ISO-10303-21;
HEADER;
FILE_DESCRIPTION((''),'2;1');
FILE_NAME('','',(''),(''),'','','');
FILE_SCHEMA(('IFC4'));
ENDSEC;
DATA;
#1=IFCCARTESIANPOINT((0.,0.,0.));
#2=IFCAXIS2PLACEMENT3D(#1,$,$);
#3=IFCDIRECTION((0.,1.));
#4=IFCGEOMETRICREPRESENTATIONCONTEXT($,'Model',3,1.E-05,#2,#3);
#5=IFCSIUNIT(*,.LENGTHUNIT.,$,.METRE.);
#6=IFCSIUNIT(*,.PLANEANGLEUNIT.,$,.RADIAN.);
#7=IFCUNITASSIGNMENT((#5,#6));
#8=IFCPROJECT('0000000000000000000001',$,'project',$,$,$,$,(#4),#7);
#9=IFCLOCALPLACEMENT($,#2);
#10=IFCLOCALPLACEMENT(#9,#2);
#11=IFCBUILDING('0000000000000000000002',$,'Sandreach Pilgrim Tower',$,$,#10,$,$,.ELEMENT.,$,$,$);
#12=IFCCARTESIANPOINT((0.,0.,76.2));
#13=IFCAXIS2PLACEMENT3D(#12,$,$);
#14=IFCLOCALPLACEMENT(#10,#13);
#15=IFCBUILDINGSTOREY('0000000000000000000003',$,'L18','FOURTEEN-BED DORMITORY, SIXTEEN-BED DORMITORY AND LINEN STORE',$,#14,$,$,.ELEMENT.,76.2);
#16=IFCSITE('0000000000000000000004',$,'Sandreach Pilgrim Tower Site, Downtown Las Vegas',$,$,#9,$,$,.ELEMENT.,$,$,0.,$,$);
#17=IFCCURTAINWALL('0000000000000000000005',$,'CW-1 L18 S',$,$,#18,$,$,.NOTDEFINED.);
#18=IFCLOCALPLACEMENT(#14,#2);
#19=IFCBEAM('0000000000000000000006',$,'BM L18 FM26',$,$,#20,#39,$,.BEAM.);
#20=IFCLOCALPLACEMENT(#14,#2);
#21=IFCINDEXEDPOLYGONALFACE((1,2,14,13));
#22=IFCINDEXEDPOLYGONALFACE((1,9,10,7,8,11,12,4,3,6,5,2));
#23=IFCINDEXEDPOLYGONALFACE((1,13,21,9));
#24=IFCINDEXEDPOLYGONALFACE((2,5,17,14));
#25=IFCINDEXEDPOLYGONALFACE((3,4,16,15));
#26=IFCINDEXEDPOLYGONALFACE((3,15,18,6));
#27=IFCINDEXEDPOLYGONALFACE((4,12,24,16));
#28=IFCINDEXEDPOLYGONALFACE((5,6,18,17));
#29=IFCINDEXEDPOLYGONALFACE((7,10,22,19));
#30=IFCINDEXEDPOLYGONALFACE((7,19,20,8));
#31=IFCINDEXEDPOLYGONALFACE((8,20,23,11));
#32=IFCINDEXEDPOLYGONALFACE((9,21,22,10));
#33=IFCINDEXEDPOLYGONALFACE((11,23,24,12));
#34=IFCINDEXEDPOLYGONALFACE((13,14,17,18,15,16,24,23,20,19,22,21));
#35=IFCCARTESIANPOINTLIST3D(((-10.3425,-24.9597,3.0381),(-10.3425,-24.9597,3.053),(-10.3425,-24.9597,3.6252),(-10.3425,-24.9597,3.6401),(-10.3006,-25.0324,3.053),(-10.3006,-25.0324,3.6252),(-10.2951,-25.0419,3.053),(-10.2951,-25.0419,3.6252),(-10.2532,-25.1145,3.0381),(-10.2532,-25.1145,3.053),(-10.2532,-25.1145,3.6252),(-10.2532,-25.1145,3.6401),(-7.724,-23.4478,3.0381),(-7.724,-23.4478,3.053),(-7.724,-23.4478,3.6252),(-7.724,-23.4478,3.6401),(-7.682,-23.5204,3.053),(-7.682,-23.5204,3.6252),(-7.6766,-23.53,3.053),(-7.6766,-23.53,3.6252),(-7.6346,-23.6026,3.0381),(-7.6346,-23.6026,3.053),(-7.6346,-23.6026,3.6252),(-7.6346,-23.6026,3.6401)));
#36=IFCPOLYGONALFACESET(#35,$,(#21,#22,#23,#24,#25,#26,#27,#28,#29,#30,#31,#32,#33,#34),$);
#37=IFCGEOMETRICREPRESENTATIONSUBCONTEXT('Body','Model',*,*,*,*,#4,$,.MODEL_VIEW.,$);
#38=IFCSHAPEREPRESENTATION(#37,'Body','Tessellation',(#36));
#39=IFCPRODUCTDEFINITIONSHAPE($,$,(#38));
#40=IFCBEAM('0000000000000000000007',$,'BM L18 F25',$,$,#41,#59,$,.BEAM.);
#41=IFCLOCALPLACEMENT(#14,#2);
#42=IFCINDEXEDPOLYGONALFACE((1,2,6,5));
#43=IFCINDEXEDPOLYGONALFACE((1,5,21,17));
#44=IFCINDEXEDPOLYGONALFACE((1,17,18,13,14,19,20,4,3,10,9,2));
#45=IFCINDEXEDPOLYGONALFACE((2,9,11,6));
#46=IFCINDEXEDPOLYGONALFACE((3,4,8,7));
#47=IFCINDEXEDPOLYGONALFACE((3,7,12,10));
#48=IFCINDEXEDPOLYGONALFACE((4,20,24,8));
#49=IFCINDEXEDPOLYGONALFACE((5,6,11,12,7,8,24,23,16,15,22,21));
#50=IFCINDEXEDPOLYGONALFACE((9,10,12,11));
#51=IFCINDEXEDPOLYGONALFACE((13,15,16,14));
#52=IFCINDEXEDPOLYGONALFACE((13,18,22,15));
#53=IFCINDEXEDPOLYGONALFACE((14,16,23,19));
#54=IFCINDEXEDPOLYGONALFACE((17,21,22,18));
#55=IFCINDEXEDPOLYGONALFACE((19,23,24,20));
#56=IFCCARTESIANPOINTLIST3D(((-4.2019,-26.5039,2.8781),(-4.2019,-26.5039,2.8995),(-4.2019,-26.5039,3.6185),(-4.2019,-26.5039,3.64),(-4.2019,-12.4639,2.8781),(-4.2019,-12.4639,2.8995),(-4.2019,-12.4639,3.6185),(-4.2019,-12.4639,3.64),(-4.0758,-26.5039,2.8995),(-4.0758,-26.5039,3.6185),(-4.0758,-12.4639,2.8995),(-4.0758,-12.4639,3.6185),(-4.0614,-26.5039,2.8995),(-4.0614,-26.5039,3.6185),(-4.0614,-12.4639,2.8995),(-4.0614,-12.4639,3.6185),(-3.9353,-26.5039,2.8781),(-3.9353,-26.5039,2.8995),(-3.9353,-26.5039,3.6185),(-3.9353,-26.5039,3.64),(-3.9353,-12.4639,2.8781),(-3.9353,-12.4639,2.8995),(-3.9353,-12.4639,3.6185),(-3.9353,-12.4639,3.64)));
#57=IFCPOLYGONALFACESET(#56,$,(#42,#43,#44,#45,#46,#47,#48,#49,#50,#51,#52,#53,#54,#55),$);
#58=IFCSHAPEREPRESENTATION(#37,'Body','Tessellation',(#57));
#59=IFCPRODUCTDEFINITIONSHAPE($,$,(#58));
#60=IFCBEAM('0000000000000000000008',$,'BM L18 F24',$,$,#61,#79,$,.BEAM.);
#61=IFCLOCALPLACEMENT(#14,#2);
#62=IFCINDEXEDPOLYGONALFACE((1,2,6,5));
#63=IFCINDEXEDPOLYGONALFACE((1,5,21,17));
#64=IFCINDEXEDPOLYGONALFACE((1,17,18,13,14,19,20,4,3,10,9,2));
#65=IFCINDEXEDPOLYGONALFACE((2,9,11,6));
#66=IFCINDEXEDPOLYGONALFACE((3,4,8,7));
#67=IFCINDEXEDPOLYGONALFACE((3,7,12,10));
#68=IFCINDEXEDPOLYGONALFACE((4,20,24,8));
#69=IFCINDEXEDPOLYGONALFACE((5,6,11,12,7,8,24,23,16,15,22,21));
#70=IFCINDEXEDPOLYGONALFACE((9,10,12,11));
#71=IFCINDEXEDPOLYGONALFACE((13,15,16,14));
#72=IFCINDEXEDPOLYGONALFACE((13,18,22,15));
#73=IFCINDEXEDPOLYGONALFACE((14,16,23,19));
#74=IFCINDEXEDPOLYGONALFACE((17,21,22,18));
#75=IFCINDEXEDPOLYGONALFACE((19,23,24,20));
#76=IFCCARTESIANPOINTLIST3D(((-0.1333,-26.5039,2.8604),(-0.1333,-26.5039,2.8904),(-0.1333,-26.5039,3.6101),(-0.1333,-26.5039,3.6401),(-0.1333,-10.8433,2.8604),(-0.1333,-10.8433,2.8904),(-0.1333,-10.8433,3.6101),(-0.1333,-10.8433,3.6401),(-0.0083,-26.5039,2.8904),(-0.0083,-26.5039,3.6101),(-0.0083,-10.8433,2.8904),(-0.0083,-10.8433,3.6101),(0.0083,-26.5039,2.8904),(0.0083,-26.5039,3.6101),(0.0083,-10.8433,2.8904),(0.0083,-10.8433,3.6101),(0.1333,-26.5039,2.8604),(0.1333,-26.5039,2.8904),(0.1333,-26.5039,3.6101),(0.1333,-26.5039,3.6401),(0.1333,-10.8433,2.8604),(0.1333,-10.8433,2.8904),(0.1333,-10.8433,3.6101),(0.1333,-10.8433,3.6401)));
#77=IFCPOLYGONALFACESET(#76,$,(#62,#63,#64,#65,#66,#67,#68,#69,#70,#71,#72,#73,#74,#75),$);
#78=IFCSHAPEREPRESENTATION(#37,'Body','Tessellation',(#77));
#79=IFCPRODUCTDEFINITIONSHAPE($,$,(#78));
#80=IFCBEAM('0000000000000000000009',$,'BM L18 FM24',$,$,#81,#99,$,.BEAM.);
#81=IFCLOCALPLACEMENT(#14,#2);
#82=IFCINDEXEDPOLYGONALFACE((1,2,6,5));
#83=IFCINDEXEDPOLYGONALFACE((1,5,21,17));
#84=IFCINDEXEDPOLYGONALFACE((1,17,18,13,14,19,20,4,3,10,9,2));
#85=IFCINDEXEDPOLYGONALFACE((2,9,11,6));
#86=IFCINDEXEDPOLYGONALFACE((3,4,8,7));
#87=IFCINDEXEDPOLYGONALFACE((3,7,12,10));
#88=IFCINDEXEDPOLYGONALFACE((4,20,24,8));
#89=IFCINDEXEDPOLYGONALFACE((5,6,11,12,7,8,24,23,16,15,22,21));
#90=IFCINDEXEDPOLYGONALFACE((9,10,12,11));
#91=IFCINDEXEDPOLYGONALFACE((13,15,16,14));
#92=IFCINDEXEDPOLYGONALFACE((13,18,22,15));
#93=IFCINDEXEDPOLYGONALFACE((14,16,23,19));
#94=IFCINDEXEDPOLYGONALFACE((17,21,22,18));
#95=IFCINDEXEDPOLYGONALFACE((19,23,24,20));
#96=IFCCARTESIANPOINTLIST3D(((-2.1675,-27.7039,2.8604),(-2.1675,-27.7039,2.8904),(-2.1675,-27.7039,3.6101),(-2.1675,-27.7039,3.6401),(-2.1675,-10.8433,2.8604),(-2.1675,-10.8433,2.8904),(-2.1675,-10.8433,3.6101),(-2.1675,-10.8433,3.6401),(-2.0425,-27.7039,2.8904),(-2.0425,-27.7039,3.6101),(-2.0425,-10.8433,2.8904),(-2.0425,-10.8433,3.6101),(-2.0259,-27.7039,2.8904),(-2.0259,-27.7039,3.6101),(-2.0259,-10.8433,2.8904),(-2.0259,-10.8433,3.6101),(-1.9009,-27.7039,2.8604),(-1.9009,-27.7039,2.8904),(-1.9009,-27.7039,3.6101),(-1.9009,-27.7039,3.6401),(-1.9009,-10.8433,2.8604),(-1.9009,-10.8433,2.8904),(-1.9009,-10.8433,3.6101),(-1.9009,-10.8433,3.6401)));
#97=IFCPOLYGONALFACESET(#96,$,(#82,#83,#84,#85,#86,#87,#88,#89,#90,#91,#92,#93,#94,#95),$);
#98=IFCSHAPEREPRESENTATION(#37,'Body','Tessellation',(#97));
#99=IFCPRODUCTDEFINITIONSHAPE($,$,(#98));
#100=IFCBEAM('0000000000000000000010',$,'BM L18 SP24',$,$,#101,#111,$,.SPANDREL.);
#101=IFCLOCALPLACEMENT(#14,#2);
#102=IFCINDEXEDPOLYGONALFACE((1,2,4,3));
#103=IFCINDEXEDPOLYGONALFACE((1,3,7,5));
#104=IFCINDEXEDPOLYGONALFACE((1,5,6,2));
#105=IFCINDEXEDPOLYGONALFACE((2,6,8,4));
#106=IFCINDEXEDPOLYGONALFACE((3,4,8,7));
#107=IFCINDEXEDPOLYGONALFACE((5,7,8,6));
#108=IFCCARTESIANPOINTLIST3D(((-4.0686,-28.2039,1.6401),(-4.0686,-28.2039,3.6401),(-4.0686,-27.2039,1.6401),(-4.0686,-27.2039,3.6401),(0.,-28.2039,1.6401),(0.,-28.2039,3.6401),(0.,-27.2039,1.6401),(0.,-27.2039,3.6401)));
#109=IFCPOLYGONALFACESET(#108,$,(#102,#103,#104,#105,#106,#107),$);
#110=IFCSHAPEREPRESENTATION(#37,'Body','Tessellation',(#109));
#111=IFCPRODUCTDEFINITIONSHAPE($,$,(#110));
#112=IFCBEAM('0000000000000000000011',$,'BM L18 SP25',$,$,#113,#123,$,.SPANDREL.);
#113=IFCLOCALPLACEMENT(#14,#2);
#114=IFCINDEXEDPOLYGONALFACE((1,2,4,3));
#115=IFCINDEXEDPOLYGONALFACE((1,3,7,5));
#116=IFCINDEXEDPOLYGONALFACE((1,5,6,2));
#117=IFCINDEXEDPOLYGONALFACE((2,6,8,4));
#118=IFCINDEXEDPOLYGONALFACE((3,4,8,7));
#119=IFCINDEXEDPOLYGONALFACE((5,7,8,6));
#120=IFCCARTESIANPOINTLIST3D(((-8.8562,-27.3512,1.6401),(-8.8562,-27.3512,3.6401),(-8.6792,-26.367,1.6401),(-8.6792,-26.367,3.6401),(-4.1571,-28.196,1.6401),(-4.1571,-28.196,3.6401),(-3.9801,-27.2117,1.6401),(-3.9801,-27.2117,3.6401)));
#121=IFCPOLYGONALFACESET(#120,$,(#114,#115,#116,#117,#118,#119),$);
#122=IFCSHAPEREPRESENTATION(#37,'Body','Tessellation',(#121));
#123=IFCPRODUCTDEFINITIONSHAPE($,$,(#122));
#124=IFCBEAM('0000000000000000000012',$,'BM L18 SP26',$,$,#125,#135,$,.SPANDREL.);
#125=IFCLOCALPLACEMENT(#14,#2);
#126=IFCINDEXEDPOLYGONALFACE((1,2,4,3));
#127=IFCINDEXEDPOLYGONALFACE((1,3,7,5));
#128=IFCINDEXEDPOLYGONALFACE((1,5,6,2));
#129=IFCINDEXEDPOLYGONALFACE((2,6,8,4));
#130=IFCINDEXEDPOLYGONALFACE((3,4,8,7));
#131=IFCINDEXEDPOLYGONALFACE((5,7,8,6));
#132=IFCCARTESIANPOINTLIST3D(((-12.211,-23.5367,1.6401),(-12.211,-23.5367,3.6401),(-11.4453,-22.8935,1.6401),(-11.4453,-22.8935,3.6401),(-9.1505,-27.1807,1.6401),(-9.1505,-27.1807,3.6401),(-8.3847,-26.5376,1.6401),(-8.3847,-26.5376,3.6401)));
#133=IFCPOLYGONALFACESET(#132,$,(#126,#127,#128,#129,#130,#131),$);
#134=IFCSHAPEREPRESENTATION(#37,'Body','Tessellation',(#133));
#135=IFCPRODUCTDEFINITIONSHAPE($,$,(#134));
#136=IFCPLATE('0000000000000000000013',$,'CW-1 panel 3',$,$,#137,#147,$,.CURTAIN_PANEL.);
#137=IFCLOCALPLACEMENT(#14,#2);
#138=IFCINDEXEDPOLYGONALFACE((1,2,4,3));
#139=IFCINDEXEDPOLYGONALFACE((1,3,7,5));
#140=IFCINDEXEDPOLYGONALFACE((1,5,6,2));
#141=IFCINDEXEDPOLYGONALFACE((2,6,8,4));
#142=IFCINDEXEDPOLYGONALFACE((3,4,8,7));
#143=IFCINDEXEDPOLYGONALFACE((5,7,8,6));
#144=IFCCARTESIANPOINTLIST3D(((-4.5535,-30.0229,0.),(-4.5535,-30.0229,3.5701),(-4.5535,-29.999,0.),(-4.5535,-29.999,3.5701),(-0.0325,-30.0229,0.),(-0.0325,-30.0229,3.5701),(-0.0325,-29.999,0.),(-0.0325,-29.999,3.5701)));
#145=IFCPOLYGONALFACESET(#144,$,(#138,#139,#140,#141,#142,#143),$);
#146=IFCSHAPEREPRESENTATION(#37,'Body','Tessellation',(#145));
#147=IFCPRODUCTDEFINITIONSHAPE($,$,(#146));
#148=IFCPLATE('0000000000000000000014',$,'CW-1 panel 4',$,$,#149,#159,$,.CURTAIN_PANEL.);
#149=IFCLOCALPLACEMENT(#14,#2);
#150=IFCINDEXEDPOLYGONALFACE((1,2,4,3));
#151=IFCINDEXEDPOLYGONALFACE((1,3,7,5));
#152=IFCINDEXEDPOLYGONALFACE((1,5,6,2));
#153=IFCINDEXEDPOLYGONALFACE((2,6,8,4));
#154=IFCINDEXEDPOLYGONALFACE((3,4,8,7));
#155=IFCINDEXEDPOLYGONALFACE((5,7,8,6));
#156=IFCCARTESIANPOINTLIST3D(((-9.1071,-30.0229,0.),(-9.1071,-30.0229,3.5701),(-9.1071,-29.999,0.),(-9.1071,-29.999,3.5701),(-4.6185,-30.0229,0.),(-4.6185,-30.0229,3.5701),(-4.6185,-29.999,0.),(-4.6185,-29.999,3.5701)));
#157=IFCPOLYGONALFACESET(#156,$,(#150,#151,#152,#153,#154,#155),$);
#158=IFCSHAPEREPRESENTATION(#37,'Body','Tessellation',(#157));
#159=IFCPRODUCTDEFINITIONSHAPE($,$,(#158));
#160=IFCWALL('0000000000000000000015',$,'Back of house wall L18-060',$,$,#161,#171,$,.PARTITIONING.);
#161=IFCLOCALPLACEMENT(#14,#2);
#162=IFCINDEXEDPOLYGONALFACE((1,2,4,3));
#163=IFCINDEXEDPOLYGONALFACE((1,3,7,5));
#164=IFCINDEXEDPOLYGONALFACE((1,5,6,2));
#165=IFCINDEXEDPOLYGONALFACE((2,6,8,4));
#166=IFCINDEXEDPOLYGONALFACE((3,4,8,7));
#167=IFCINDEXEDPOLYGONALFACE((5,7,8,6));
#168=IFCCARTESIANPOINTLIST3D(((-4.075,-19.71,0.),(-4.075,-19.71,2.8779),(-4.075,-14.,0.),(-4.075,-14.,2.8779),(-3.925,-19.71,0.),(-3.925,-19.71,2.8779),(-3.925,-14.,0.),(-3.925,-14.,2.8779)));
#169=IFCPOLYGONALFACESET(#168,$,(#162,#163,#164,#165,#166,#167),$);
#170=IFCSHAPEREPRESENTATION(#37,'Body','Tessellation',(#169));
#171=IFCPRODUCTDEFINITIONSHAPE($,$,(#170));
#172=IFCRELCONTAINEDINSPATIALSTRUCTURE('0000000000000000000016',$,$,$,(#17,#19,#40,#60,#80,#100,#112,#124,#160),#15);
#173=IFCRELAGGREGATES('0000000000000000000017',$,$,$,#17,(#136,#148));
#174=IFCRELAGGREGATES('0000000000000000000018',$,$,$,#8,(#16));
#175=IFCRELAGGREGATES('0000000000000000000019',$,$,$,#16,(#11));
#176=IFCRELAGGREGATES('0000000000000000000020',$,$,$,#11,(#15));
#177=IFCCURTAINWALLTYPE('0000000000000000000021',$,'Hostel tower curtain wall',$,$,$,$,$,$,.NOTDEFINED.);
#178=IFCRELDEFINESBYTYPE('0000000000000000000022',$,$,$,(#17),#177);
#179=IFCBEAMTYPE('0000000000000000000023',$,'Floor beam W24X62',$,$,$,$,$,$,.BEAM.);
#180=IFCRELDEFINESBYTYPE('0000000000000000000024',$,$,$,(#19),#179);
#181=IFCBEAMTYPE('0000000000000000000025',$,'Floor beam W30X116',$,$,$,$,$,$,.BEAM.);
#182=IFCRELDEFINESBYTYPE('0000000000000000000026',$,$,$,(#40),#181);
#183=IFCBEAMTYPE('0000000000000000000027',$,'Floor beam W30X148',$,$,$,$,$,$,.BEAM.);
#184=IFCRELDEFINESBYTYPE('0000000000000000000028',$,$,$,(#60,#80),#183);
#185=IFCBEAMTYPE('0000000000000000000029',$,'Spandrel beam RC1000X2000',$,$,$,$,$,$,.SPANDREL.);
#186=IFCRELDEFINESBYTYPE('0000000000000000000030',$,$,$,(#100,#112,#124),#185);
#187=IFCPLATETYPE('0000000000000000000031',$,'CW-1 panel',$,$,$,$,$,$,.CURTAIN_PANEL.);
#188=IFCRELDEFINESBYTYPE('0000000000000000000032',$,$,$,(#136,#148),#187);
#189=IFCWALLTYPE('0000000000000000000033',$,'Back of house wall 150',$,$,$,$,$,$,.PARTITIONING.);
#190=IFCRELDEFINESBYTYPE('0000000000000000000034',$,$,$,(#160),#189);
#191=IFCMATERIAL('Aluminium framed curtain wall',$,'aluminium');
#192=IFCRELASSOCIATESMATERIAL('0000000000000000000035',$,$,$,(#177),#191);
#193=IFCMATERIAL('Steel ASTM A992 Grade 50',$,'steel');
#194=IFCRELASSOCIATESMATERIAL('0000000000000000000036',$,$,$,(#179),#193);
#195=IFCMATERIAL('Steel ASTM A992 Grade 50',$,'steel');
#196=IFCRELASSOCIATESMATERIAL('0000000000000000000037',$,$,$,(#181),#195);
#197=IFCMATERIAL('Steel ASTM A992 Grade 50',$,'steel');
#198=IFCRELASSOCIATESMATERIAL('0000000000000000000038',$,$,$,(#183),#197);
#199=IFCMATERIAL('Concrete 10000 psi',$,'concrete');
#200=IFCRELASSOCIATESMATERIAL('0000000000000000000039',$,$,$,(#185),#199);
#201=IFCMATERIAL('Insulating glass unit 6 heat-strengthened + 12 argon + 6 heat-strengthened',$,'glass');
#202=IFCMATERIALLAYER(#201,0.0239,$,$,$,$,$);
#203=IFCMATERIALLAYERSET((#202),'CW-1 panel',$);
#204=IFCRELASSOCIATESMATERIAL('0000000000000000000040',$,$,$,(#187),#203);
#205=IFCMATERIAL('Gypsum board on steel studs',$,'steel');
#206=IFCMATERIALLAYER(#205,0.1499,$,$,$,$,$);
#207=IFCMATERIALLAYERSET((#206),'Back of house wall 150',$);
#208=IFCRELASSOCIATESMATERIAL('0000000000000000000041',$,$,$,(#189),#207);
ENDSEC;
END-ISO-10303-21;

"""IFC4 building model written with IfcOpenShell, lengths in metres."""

from ifc_helpers import new_model, si_unit, direction, frame, frame_2d, origin, origin_2d, place, context, subcontext, project, spatial, rectangle, i_section, extrude, material, layer, layer_set, material_profile, profile_set, type_object, element, aggregate, save


model = new_model("IFC4")

# Units and contexts
model_context = context("Model", 3, precision=1e-05, world=origin(), true_north=direction((0.0, 1.0)))
body_context = subcontext(model_context, "Body", "Model", "MODEL_VIEW")
ifc_project = project(units=[si_unit("LENGTHUNIT", "METRE"), si_unit("PLANEANGLEUNIT", "RADIAN")], contexts=[model_context])

# Site, building, storey
site_placement = place(None, origin())
site = spatial("IfcSite", under=ifc_project, at=site_placement, Name="Sandreach Pilgrim Tower Site, Downtown Las Vegas", CompositionType="ELEMENT", RefElevation=0.0)
building_placement = place(site_placement, origin())
building = spatial("IfcBuilding", under=site, at=building_placement, Name="Sandreach Pilgrim Tower", CompositionType="ELEMENT")
storey_placement = place(building_placement, frame((0.0, 0.0, 76.2)))
storey = spatial("IfcBuildingStorey", under=building, at=storey_placement, Name="L18", Description="FOURTEEN-BED DORMITORY, SIXTEEN-BED DORMITORY AND LINEN STORE", CompositionType="ELEMENT", Elevation=76.2)

# Curtain wall
ifc_material_1 = material(Name="Aluminium framed curtain wall", Category="aluminium")
curtain_wall_type = type_object("IfcCurtainWallType", Name="Hostel tower curtain wall", PredefinedType="NOTDEFINED", material=ifc_material_1)
curtain_wall_1_placement = place(storey_placement, origin())
curtain_wall_1 = element("IfcCurtainWall", 1, at=curtain_wall_1_placement, inside=storey, type_object=curtain_wall_type, Name="CW-1 L18 S", PredefinedType="NOTDEFINED")

# Beams
ifc_material_2 = material(Name="Steel ASTM A992 Grade 50", Category="steel")
ifc_material_profile_1 = material_profile(ifc_material_2, i_section(OverallWidth=0.1787, OverallDepth=0.6021, WebThickness=0.011, FlangeThickness=0.0149, at=origin_2d()), Name="W24X62")
ifc_profile_set_1 = profile_set([ifc_material_profile_1], Name="Steel ASTM A992 Grade 50")
beam_type_1 = type_object("IfcBeamType", Name="Floor beam W24X62", PredefinedType="BEAM", material=ifc_profile_set_1)
beam_1_placement = place(storey_placement, frame((-10.2979, -25.0371, 3.3391), z_axis=(0.866013, 0.500021, 0.0), x_axis=(-0.500021, 0.866013, 0.0)))
element("IfcBeam", 2, at=beam_1_placement, inside=storey, type_object=beam_type_1, Name="BM L18 FM26", PredefinedType="BEAM", context=body_context, shape_type="SweptSolid", body=[
    extrude(i_section(OverallWidth=0.1787, OverallDepth=0.6021, WebThickness=0.011, FlangeThickness=0.0149, at=origin_2d()), origin(), (0.0, 0.0, 1.0), 3.0237),
])
ifc_material_3 = material(Name="Steel ASTM A992 Grade 50", Category="steel")
ifc_material_profile_2 = material_profile(ifc_material_3, i_section(OverallWidth=0.2666, OverallDepth=0.762, WebThickness=0.0144, FlangeThickness=0.0215, at=origin_2d()), Name="W30X116")
ifc_profile_set_2 = profile_set([ifc_material_profile_2], Name="Steel ASTM A992 Grade 50")
beam_type_2 = type_object("IfcBeamType", Name="Floor beam W30X116", PredefinedType="BEAM", material=ifc_profile_set_2)
beam_2_placement = place(storey_placement, frame((-4.0686, -26.5039, 3.259), z_axis=(0.0, 1.0, 0.0), x_axis=(-1.0, 0.0, 0.0)))
element("IfcBeam", 3, at=beam_2_placement, inside=storey, type_object=beam_type_2, Name="BM L18 F25", PredefinedType="BEAM", context=body_context, shape_type="SweptSolid", body=[
    extrude(i_section(OverallWidth=0.2666, OverallDepth=0.762, WebThickness=0.0144, FlangeThickness=0.0215, at=origin_2d()), origin(), (0.0, 0.0, 1.0), 14.04),
])
ifc_material_4 = material(Name="Steel ASTM A992 Grade 50", Category="steel")
ifc_material_profile_3 = material_profile(ifc_material_4, i_section(OverallWidth=0.2666, OverallDepth=0.7798, WebThickness=0.0166, FlangeThickness=0.03, at=origin_2d()), Name="W30X148")
ifc_profile_set_3 = profile_set([ifc_material_profile_3], Name="Steel ASTM A992 Grade 50")
beam_type_3 = type_object("IfcBeamType", Name="Floor beam W30X148", PredefinedType="BEAM", material=ifc_profile_set_3)
beam_3_placement = place(storey_placement, frame((0.0, -26.5039, 3.2502), z_axis=(0.0, 1.0, 0.0), x_axis=(-1.0, 0.0, 0.0)))
element("IfcBeam", 4, at=beam_3_placement, inside=storey, type_object=beam_type_3, Name="BM L18 F24", PredefinedType="BEAM", context=body_context, shape_type="SweptSolid", body=[
    extrude(i_section(OverallWidth=0.2666, OverallDepth=0.7798, WebThickness=0.0166, FlangeThickness=0.03, at=origin_2d()), origin(), (0.0, 0.0, 1.0), 15.6606),
])
beam_4_placement = place(storey_placement, frame((-2.0342, -27.7039, 3.2502), z_axis=(0.0, 1.0, 0.0), x_axis=(-1.0, 0.0, 0.0)))
element("IfcBeam", 5, at=beam_4_placement, inside=storey, type_object=beam_type_3, Name="BM L18 FM24", PredefinedType="BEAM", context=body_context, shape_type="SweptSolid", body=[
    extrude(i_section(OverallWidth=0.2666, OverallDepth=0.7798, WebThickness=0.0166, FlangeThickness=0.03, at=origin_2d()), origin(), (0.0, 0.0, 1.0), 16.8606),
])
ifc_material_5 = material(Name="Concrete 10000 psi", Category="concrete")
ifc_material_profile_4 = material_profile(ifc_material_5, rectangle(XDim=1.0, YDim=2.0, at=origin_2d()), Name="RC1000X2000")
ifc_profile_set_4 = profile_set([ifc_material_profile_4], Name="Concrete 10000 psi")
beam_type_4 = type_object("IfcBeamType", Name="Spandrel beam RC1000X2000", PredefinedType="SPANDREL", material=ifc_profile_set_4)
beam_5_placement = place(storey_placement, frame((0.0, -27.7039, 2.6401), z_axis=(-1.0, 0.0, 0.0), x_axis=(0.0, -1.0, 0.0)))
element("IfcBeam", 6, at=beam_5_placement, inside=storey, type_object=beam_type_4, Name="BM L18 SP24", PredefinedType="SPANDREL", context=body_context, shape_type="SweptSolid", body=[
    extrude(rectangle(XDim=1.0, YDim=2.0, at=origin_2d()), origin(), (0.0, 0.0, 1.0), 4.0686),
])
beam_6_placement = place(storey_placement, frame((-4.0686, -27.7039, 2.6401), z_axis=(-0.984223, 0.176932, 0.0), x_axis=(-0.176932, -0.984223, 0.0)))
element("IfcBeam", 7, at=beam_6_placement, inside=storey, type_object=beam_type_4, Name="BM L18 SP25", PredefinedType="SPANDREL", context=body_context, shape_type="SweptSolid", body=[
    extrude(rectangle(XDim=1.0, YDim=2.0, at=origin_2d()), origin(), (0.0, 0.0, 1.0), 4.7744),
])
beam_7_placement = place(storey_placement, frame((-8.7676, -26.8591, 2.6401), z_axis=(-0.643137, 0.765751, 0.0), x_axis=(-0.765751, -0.643137, 0.0)))
element("IfcBeam", 8, at=beam_7_placement, inside=storey, type_object=beam_type_4, Name="BM L18 SP26", PredefinedType="SPANDREL", context=body_context, shape_type="SweptSolid", body=[
    extrude(rectangle(XDim=1.0, YDim=2.0, at=origin_2d()), origin(), (0.0, 0.0, 1.0), 4.7588),
])

# Plates
ifc_material_6 = material(Name="Insulating glass unit 6 heat-strengthened + 12 argon + 6 heat-strengthened", Category="glass")
ifc_layer_1 = layer(ifc_material_6, 0.0239)
ifc_layer_set_1 = layer_set([ifc_layer_1], Name="CW-1 panel")
plate_type = type_object("IfcPlateType", Name="CW-1 panel", PredefinedType="CURTAIN_PANEL", material=ifc_layer_set_1)
plate_1_placement = place(storey_placement, frame((-2.293, -30.011, 0.0), z_axis=(0.0, 0.0, 1.0), x_axis=(-1.0, 0.0, 0.0)))
plate_1 = element("IfcPlate", 9, at=plate_1_placement, type_object=plate_type, Name="CW-1 panel 3", PredefinedType="CURTAIN_PANEL", context=body_context, shape_type="SweptSolid", body=[
    extrude(rectangle(XDim=4.521, YDim=0.0239, at=origin_2d()), origin(), (0.0, 0.0, 1.0), 3.5701),
])
plate_2_placement = place(storey_placement, frame((-6.8628, -30.011, 0.0), z_axis=(0.0, 0.0, 1.0), x_axis=(-1.0, 0.0, 0.0)))
plate_2 = element("IfcPlate", 10, at=plate_2_placement, type_object=plate_type, Name="CW-1 panel 4", PredefinedType="CURTAIN_PANEL", context=body_context, shape_type="SweptSolid", body=[
    extrude(rectangle(XDim=4.4885, YDim=0.0239, at=origin_2d()), origin(), (0.0, 0.0, 1.0), 3.5701),
])
aggregate(curtain_wall_1, [plate_1, plate_2])

# Wall
ifc_material_7 = material(Name="Gypsum board on steel studs", Category="steel")
ifc_layer_2 = layer(ifc_material_7, 0.1499)
ifc_layer_set_2 = layer_set([ifc_layer_2], Name="Back of house wall 150")
wall_type_1 = type_object("IfcWallType", Name="Back of house wall 150", PredefinedType="PARTITIONING", material=ifc_layer_set_2)
wall_1_placement = place(storey_placement, frame((-4.0, -14.0, 0.0), z_axis=(0.0, 0.0, 1.0), x_axis=(0.0, -1.0, 0.0)))
element("IfcWall", 11, at=wall_1_placement, inside=storey, type_object=wall_type_1, Name="Back of house wall L18-060", PredefinedType="PARTITIONING", context=body_context, shape_type="SweptSolid", body=[
    extrude(rectangle(XDim=5.71, YDim=0.1499, at=frame_2d((2.855, 0.0))), origin(), (0.0, 0.0, 1.0), 2.8779),
])

save(model, "model.ifc")
